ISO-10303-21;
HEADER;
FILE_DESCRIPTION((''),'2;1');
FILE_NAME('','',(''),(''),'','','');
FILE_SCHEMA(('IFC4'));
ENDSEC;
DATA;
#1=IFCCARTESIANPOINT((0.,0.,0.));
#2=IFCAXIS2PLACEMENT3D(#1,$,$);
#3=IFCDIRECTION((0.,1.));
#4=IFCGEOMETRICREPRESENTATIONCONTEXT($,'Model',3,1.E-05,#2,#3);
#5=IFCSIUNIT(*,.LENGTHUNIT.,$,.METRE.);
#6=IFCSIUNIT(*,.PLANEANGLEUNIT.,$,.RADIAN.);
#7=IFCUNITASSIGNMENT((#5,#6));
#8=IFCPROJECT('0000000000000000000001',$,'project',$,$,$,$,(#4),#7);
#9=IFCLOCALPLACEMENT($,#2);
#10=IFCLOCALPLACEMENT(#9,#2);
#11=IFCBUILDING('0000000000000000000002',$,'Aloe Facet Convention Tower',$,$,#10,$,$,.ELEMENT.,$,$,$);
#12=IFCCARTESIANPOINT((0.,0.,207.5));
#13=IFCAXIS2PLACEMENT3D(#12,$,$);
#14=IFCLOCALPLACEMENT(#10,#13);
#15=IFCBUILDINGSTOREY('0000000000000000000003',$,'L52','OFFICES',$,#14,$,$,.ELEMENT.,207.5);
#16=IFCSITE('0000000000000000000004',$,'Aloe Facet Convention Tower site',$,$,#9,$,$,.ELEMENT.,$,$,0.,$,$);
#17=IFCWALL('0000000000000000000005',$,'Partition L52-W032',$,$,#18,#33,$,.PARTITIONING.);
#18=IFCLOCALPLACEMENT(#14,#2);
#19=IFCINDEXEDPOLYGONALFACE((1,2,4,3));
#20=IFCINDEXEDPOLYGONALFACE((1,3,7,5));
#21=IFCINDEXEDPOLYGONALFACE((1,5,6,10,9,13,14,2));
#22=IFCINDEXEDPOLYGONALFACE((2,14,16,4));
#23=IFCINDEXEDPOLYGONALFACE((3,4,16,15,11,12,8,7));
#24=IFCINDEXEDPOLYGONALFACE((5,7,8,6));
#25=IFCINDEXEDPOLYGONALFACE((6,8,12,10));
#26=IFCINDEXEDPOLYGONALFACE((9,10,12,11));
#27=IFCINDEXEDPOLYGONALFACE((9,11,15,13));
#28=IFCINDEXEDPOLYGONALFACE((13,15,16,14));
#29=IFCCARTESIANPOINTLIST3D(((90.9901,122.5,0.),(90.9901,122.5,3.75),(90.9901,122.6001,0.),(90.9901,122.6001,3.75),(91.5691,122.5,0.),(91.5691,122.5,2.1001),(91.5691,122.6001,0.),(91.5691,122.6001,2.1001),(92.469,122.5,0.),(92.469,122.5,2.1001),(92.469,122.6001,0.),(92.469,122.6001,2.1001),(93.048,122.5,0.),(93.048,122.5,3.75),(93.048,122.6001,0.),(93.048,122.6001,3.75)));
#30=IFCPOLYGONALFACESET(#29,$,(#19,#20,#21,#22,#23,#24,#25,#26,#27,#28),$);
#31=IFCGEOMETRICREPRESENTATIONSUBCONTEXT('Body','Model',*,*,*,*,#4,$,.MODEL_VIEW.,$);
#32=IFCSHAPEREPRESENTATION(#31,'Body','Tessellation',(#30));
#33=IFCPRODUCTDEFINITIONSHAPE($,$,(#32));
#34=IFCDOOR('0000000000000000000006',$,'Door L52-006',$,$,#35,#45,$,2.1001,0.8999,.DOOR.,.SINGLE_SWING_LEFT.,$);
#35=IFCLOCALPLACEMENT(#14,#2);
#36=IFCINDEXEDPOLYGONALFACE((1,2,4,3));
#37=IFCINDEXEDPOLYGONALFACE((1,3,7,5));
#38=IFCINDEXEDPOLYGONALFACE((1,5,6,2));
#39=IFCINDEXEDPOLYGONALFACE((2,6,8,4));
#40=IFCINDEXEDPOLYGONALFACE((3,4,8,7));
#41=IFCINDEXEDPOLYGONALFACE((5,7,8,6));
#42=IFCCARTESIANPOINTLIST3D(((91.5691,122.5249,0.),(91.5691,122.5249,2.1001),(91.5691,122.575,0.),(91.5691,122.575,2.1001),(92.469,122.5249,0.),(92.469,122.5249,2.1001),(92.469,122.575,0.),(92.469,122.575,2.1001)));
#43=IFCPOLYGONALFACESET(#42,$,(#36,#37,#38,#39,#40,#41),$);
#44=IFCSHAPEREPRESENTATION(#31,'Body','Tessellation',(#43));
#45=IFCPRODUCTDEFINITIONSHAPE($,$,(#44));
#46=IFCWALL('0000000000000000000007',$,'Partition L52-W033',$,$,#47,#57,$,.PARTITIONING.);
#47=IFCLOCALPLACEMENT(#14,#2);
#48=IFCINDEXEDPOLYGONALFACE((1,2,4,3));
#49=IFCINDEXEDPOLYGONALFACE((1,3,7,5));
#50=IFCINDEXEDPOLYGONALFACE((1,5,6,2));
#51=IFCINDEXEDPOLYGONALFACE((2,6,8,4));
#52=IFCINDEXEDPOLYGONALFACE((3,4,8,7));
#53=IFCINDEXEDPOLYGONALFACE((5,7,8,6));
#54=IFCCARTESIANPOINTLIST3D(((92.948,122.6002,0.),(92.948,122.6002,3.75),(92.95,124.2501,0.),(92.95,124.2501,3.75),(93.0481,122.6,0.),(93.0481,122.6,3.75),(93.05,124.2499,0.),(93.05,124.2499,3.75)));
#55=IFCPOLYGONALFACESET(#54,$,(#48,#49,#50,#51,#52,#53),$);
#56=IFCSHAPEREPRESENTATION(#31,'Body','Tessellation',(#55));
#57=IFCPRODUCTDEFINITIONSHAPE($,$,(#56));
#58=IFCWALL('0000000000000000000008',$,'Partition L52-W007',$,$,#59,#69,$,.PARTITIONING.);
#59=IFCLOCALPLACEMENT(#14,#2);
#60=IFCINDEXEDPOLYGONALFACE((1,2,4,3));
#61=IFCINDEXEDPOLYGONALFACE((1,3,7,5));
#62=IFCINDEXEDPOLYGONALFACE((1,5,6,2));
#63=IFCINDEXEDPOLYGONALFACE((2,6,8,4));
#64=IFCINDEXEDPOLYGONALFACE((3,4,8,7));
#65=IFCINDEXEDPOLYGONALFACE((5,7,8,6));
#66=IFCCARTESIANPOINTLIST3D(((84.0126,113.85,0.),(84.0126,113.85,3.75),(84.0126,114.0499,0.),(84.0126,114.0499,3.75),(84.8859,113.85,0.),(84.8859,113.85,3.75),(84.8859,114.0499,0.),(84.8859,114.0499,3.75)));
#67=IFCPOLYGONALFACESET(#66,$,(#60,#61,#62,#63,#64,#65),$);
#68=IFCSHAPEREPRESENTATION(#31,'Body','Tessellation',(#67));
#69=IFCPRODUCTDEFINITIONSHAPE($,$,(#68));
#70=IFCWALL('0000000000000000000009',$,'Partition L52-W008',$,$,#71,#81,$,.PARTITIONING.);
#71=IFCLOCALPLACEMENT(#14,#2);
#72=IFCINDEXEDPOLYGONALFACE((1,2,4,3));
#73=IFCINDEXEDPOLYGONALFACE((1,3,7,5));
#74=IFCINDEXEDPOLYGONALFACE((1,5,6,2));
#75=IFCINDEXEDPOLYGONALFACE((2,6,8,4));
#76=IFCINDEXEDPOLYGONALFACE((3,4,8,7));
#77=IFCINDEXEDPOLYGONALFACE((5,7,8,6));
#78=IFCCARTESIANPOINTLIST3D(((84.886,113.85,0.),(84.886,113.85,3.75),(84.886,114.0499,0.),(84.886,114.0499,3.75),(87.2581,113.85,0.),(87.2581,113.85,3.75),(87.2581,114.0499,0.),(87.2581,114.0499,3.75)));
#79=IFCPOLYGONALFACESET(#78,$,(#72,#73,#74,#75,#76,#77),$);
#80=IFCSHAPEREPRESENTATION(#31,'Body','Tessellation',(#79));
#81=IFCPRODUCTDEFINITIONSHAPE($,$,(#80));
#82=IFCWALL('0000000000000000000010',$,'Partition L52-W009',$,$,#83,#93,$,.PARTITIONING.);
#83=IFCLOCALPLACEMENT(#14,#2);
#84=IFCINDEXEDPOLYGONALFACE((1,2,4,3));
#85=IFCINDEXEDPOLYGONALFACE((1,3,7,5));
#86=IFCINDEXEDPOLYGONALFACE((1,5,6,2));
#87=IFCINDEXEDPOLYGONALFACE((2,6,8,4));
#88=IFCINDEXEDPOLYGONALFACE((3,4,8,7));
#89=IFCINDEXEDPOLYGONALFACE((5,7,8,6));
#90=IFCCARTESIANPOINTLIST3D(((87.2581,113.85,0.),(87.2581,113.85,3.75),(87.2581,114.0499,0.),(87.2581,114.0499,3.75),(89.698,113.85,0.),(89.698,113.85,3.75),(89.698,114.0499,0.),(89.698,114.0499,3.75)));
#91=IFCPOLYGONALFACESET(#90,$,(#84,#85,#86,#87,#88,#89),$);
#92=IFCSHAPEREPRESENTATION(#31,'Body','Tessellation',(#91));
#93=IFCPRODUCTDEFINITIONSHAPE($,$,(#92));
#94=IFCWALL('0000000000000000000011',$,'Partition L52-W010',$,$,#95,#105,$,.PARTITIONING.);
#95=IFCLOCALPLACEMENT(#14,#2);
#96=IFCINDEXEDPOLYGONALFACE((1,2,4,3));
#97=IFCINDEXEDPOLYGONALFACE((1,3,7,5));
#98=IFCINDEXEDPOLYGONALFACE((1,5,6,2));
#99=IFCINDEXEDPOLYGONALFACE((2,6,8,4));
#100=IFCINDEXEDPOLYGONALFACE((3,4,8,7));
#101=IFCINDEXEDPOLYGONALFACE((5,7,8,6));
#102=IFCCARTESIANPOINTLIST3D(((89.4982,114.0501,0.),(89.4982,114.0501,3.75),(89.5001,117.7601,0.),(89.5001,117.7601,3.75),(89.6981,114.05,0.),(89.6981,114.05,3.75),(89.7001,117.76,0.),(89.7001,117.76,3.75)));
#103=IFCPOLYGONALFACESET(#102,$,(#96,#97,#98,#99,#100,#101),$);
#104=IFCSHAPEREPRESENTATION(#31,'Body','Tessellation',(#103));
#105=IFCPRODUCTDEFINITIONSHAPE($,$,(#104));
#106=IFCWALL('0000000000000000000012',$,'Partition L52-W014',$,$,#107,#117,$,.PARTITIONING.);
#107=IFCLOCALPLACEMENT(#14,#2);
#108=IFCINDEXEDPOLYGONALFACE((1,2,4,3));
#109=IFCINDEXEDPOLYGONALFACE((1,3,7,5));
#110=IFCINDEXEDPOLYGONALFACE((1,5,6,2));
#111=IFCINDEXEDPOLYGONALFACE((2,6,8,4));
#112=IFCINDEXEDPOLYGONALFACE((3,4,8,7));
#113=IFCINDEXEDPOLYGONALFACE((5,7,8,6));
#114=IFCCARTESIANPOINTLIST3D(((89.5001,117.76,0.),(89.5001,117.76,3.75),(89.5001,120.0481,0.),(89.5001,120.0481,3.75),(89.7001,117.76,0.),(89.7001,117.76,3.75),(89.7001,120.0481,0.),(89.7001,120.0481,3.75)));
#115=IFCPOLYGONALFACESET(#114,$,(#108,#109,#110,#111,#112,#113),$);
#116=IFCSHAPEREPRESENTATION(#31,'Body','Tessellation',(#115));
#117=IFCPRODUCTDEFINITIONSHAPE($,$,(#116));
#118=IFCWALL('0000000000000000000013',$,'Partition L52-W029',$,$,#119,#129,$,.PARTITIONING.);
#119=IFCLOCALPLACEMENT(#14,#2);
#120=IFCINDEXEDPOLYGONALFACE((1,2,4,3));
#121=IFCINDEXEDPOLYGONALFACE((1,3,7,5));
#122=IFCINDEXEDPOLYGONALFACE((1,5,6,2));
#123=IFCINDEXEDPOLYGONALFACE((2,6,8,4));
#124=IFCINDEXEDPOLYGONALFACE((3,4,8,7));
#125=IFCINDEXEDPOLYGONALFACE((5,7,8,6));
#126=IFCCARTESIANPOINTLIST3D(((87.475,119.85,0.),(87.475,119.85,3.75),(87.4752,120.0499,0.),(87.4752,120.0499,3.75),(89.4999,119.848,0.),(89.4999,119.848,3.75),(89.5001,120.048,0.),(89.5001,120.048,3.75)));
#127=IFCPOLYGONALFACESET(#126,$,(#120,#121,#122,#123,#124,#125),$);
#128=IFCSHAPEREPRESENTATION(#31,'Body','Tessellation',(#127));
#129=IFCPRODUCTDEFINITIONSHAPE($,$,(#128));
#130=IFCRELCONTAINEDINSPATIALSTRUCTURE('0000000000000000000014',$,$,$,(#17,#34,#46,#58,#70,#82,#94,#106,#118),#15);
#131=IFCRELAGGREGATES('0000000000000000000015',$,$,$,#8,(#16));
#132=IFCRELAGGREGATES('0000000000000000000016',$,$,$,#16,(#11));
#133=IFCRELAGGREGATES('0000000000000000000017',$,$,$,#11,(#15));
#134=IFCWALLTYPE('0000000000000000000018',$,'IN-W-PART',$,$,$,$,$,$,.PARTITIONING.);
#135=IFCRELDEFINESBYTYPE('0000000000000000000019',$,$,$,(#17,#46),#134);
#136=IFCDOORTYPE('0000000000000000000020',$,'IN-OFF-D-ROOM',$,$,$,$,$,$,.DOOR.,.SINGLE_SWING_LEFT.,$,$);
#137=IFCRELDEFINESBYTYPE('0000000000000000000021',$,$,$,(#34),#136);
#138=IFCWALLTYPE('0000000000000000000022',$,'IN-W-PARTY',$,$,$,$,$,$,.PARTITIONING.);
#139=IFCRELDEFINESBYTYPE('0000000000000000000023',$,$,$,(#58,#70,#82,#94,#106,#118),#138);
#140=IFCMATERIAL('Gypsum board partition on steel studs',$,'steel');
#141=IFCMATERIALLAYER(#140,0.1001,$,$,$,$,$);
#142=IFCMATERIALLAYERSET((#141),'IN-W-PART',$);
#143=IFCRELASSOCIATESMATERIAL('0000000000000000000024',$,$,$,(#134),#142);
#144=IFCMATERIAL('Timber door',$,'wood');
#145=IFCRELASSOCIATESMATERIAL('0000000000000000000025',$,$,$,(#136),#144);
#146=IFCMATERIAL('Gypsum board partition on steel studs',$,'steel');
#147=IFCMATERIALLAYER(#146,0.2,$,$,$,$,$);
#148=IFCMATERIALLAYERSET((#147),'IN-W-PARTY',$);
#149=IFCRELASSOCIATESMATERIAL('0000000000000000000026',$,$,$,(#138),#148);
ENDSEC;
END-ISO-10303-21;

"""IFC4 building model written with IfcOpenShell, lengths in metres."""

from ifc_helpers import new_model, si_unit, direction, frame, frame_2d, origin, place, context, subcontext, project, spatial, rectangle, extrude, material, layer, layer_set, type_object, element, fill, save


model = new_model("IFC4")

# Units and contexts
model_context = context("Model", 3, precision=1e-05, world=origin(), true_north=direction((0.0, 1.0)))
body_context = subcontext(model_context, "Body", "Model", "MODEL_VIEW")
ifc_project = project(units=[si_unit("LENGTHUNIT", "METRE"), si_unit("PLANEANGLEUNIT", "RADIAN")], contexts=[model_context])

# Site, building, storey
site_placement = place(None, origin())
site = spatial("IfcSite", under=ifc_project, at=site_placement, Name="Aloe Facet Convention Tower site", CompositionType="ELEMENT", RefElevation=0.0)
building_placement = place(site_placement, origin())
building = spatial("IfcBuilding", under=site, at=building_placement, Name="Aloe Facet Convention Tower", CompositionType="ELEMENT")
storey_placement = place(building_placement, frame((0.0, 0.0, 207.5)))
storey = spatial("IfcBuildingStorey", under=building, at=storey_placement, Name="L52", Description="OFFICES", CompositionType="ELEMENT", Elevation=207.5)

# Shared definitions
ifc_material_1 = material(Name="Gypsum board partition on steel studs", Category="steel")
ifc_layer_1 = layer(ifc_material_1, 0.1001)
ifc_layer_set_1 = layer_set([ifc_layer_1], Name="IN-W-PART")
wall_type_1 = type_object("IfcWallType", Name="IN-W-PART", PredefinedType="PARTITIONING", material=ifc_layer_set_1)

# Wall, opening, door
wall_1_placement = place(storey_placement, frame((90.9902, 122.55, 0.0), z_axis=(0.0, 0.0, 1.0), x_axis=(1.0, 0.0, 0.0)))
wall_1 = element("IfcWall", 1, at=wall_1_placement, inside=storey, type_object=wall_type_1, Name="Partition L52-W032", PredefinedType="PARTITIONING", context=body_context, shape_type="SweptSolid", body=[
    extrude(rectangle(XDim=2.0579, YDim=0.1001, at=frame_2d((1.0288, 0.0))), origin(), (0.0, 0.0, 1.0), 3.75),
])
opening_1_placement = place(wall_1_placement, frame((0.5789, 0.0, 0.0)))
opening_1 = element("IfcOpeningElement", 2, at=opening_1_placement, cuts=wall_1, PredefinedType="OPENING", context=body_context, shape_type="SweptSolid", body=[
    extrude(rectangle(XDim=0.8999, YDim=2.1001, at=frame_2d((0.45, 1.05))), frame((0.0, 0.0601, 0.0), z_axis=(0.0, -1.0, 0.0), x_axis=(1.0, 0.0, 0.0)), (0.0, 0.0, 1.0), 0.1201),
])
ifc_material_2 = material(Name="Timber door", Category="wood")
door_type_1 = type_object("IfcDoorType", Name="IN-OFF-D-ROOM", OperationType="SINGLE_SWING_LEFT", PredefinedType="DOOR", material=ifc_material_2)
door_1_placement = place(opening_1_placement, origin())
door_1 = element("IfcDoor", 3, at=door_1_placement, inside=storey, type_object=door_type_1, Name="Door L52-006", OperationType="SINGLE_SWING_LEFT", OverallHeight=2.1001, OverallWidth=0.8999, PredefinedType="DOOR", context=body_context, shape_type="SweptSolid", body=[
    extrude(rectangle(XDim=0.8999, YDim=2.1001, at=frame_2d((0.45, 1.05))), frame((0.0, 0.0249, 0.0), z_axis=(0.0, -1.0, 0.0), x_axis=(1.0, 0.0, 0.0)), (0.0, 0.0, 1.0), 0.05),
])
fill(opening_1, door_1)

# Walls
wall_2_placement = place(storey_placement, frame((92.998, 122.6001, 0.0), z_axis=(0.0, 0.0, 1.0), x_axis=(0.001184, 0.999999, 0.0)))
element("IfcWall", 4, at=wall_2_placement, inside=storey, type_object=wall_type_1, Name="Partition L52-W033", PredefinedType="PARTITIONING", context=body_context, shape_type="SweptSolid", body=[
    extrude(rectangle(XDim=1.6499, YDim=0.1001, at=frame_2d((0.825, 0.0))), origin(), (0.0, 0.0, 1.0), 3.75),
])
ifc_material_3 = material(Name="Gypsum board partition on steel studs", Category="steel")
ifc_layer_2 = layer(ifc_material_3, 0.2)
ifc_layer_set_2 = layer_set([ifc_layer_2], Name="IN-W-PARTY")
wall_type_2 = type_object("IfcWallType", Name="IN-W-PARTY", PredefinedType="PARTITIONING", material=ifc_layer_set_2)
wall_3_placement = place(storey_placement, frame((84.0127, 113.95, 0.0), z_axis=(0.0, 0.0, 1.0), x_axis=(1.0, 0.0, 0.0)))
element("IfcWall", 5, at=wall_3_placement, inside=storey, type_object=wall_type_2, Name="Partition L52-W007", PredefinedType="PARTITIONING", context=body_context, shape_type="SweptSolid", body=[
    extrude(rectangle(XDim=0.8733, YDim=0.2, at=frame_2d((0.4365, 0.0))), origin(), (0.0, 0.0, 1.0), 3.75),
])
wall_4_placement = place(storey_placement, frame((84.886, 113.95, 0.0), z_axis=(0.0, 0.0, 1.0), x_axis=(1.0, 0.0, 0.0)))
element("IfcWall", 6, at=wall_4_placement, inside=storey, type_object=wall_type_2, Name="Partition L52-W008", PredefinedType="PARTITIONING", context=body_context, shape_type="SweptSolid", body=[
    extrude(rectangle(XDim=2.3721, YDim=0.2, at=frame_2d((1.186, 0.0))), origin(), (0.0, 0.0, 1.0), 3.75),
])
wall_5_placement = place(storey_placement, frame((87.2581, 113.95, 0.0), z_axis=(0.0, 0.0, 1.0), x_axis=(1.0, 0.0, 0.0)))
element("IfcWall", 7, at=wall_5_placement, inside=storey, type_object=wall_type_2, Name="Partition L52-W009", PredefinedType="PARTITIONING", context=body_context, shape_type="SweptSolid", body=[
    extrude(rectangle(XDim=2.4399, YDim=0.2, at=frame_2d((1.22, 0.0))), origin(), (0.0, 0.0, 1.0), 3.75),
])
wall_6_placement = place(storey_placement, frame((89.5981, 114.05, 0.0), z_axis=(0.0, 0.0, 1.0), x_axis=(0.000526, 1.0, 0.0)))
element("IfcWall", 8, at=wall_6_placement, inside=storey, type_object=wall_type_2, Name="Partition L52-W010", PredefinedType="PARTITIONING", context=body_context, shape_type="SweptSolid", body=[
    extrude(rectangle(XDim=3.71, YDim=0.2, at=frame_2d((1.855, 0.0))), origin(), (0.0, 0.0, 1.0), 3.75),
])
wall_7_placement = place(storey_placement, frame((89.6001, 117.76, 0.0), z_axis=(0.0, 0.0, 1.0), x_axis=(0.0, 1.0, 0.0)))
element("IfcWall", 9, at=wall_7_placement, inside=storey, type_object=wall_type_2, Name="Partition L52-W014", PredefinedType="PARTITIONING", context=body_context, shape_type="SweptSolid", body=[
    extrude(rectangle(XDim=2.2881, YDim=0.2, at=frame_2d((1.144, 0.0))), origin(), (0.0, 0.0, 1.0), 3.75),
])
wall_8_placement = place(storey_placement, frame((87.4751, 119.95, 0.0), z_axis=(0.0, 0.0, 1.0), x_axis=(1.0, -0.000965, 0.0)))
element("IfcWall", 10, at=wall_8_placement, inside=storey, type_object=wall_type_2, Name="Partition L52-W029", PredefinedType="PARTITIONING", context=body_context, shape_type="SweptSolid", body=[
    extrude(rectangle(XDim=2.0249, YDim=0.2, at=frame_2d((1.0125, 0.0))), origin(), (0.0, 0.0, 1.0), 3.75),
])

save(model, "model.ifc")
